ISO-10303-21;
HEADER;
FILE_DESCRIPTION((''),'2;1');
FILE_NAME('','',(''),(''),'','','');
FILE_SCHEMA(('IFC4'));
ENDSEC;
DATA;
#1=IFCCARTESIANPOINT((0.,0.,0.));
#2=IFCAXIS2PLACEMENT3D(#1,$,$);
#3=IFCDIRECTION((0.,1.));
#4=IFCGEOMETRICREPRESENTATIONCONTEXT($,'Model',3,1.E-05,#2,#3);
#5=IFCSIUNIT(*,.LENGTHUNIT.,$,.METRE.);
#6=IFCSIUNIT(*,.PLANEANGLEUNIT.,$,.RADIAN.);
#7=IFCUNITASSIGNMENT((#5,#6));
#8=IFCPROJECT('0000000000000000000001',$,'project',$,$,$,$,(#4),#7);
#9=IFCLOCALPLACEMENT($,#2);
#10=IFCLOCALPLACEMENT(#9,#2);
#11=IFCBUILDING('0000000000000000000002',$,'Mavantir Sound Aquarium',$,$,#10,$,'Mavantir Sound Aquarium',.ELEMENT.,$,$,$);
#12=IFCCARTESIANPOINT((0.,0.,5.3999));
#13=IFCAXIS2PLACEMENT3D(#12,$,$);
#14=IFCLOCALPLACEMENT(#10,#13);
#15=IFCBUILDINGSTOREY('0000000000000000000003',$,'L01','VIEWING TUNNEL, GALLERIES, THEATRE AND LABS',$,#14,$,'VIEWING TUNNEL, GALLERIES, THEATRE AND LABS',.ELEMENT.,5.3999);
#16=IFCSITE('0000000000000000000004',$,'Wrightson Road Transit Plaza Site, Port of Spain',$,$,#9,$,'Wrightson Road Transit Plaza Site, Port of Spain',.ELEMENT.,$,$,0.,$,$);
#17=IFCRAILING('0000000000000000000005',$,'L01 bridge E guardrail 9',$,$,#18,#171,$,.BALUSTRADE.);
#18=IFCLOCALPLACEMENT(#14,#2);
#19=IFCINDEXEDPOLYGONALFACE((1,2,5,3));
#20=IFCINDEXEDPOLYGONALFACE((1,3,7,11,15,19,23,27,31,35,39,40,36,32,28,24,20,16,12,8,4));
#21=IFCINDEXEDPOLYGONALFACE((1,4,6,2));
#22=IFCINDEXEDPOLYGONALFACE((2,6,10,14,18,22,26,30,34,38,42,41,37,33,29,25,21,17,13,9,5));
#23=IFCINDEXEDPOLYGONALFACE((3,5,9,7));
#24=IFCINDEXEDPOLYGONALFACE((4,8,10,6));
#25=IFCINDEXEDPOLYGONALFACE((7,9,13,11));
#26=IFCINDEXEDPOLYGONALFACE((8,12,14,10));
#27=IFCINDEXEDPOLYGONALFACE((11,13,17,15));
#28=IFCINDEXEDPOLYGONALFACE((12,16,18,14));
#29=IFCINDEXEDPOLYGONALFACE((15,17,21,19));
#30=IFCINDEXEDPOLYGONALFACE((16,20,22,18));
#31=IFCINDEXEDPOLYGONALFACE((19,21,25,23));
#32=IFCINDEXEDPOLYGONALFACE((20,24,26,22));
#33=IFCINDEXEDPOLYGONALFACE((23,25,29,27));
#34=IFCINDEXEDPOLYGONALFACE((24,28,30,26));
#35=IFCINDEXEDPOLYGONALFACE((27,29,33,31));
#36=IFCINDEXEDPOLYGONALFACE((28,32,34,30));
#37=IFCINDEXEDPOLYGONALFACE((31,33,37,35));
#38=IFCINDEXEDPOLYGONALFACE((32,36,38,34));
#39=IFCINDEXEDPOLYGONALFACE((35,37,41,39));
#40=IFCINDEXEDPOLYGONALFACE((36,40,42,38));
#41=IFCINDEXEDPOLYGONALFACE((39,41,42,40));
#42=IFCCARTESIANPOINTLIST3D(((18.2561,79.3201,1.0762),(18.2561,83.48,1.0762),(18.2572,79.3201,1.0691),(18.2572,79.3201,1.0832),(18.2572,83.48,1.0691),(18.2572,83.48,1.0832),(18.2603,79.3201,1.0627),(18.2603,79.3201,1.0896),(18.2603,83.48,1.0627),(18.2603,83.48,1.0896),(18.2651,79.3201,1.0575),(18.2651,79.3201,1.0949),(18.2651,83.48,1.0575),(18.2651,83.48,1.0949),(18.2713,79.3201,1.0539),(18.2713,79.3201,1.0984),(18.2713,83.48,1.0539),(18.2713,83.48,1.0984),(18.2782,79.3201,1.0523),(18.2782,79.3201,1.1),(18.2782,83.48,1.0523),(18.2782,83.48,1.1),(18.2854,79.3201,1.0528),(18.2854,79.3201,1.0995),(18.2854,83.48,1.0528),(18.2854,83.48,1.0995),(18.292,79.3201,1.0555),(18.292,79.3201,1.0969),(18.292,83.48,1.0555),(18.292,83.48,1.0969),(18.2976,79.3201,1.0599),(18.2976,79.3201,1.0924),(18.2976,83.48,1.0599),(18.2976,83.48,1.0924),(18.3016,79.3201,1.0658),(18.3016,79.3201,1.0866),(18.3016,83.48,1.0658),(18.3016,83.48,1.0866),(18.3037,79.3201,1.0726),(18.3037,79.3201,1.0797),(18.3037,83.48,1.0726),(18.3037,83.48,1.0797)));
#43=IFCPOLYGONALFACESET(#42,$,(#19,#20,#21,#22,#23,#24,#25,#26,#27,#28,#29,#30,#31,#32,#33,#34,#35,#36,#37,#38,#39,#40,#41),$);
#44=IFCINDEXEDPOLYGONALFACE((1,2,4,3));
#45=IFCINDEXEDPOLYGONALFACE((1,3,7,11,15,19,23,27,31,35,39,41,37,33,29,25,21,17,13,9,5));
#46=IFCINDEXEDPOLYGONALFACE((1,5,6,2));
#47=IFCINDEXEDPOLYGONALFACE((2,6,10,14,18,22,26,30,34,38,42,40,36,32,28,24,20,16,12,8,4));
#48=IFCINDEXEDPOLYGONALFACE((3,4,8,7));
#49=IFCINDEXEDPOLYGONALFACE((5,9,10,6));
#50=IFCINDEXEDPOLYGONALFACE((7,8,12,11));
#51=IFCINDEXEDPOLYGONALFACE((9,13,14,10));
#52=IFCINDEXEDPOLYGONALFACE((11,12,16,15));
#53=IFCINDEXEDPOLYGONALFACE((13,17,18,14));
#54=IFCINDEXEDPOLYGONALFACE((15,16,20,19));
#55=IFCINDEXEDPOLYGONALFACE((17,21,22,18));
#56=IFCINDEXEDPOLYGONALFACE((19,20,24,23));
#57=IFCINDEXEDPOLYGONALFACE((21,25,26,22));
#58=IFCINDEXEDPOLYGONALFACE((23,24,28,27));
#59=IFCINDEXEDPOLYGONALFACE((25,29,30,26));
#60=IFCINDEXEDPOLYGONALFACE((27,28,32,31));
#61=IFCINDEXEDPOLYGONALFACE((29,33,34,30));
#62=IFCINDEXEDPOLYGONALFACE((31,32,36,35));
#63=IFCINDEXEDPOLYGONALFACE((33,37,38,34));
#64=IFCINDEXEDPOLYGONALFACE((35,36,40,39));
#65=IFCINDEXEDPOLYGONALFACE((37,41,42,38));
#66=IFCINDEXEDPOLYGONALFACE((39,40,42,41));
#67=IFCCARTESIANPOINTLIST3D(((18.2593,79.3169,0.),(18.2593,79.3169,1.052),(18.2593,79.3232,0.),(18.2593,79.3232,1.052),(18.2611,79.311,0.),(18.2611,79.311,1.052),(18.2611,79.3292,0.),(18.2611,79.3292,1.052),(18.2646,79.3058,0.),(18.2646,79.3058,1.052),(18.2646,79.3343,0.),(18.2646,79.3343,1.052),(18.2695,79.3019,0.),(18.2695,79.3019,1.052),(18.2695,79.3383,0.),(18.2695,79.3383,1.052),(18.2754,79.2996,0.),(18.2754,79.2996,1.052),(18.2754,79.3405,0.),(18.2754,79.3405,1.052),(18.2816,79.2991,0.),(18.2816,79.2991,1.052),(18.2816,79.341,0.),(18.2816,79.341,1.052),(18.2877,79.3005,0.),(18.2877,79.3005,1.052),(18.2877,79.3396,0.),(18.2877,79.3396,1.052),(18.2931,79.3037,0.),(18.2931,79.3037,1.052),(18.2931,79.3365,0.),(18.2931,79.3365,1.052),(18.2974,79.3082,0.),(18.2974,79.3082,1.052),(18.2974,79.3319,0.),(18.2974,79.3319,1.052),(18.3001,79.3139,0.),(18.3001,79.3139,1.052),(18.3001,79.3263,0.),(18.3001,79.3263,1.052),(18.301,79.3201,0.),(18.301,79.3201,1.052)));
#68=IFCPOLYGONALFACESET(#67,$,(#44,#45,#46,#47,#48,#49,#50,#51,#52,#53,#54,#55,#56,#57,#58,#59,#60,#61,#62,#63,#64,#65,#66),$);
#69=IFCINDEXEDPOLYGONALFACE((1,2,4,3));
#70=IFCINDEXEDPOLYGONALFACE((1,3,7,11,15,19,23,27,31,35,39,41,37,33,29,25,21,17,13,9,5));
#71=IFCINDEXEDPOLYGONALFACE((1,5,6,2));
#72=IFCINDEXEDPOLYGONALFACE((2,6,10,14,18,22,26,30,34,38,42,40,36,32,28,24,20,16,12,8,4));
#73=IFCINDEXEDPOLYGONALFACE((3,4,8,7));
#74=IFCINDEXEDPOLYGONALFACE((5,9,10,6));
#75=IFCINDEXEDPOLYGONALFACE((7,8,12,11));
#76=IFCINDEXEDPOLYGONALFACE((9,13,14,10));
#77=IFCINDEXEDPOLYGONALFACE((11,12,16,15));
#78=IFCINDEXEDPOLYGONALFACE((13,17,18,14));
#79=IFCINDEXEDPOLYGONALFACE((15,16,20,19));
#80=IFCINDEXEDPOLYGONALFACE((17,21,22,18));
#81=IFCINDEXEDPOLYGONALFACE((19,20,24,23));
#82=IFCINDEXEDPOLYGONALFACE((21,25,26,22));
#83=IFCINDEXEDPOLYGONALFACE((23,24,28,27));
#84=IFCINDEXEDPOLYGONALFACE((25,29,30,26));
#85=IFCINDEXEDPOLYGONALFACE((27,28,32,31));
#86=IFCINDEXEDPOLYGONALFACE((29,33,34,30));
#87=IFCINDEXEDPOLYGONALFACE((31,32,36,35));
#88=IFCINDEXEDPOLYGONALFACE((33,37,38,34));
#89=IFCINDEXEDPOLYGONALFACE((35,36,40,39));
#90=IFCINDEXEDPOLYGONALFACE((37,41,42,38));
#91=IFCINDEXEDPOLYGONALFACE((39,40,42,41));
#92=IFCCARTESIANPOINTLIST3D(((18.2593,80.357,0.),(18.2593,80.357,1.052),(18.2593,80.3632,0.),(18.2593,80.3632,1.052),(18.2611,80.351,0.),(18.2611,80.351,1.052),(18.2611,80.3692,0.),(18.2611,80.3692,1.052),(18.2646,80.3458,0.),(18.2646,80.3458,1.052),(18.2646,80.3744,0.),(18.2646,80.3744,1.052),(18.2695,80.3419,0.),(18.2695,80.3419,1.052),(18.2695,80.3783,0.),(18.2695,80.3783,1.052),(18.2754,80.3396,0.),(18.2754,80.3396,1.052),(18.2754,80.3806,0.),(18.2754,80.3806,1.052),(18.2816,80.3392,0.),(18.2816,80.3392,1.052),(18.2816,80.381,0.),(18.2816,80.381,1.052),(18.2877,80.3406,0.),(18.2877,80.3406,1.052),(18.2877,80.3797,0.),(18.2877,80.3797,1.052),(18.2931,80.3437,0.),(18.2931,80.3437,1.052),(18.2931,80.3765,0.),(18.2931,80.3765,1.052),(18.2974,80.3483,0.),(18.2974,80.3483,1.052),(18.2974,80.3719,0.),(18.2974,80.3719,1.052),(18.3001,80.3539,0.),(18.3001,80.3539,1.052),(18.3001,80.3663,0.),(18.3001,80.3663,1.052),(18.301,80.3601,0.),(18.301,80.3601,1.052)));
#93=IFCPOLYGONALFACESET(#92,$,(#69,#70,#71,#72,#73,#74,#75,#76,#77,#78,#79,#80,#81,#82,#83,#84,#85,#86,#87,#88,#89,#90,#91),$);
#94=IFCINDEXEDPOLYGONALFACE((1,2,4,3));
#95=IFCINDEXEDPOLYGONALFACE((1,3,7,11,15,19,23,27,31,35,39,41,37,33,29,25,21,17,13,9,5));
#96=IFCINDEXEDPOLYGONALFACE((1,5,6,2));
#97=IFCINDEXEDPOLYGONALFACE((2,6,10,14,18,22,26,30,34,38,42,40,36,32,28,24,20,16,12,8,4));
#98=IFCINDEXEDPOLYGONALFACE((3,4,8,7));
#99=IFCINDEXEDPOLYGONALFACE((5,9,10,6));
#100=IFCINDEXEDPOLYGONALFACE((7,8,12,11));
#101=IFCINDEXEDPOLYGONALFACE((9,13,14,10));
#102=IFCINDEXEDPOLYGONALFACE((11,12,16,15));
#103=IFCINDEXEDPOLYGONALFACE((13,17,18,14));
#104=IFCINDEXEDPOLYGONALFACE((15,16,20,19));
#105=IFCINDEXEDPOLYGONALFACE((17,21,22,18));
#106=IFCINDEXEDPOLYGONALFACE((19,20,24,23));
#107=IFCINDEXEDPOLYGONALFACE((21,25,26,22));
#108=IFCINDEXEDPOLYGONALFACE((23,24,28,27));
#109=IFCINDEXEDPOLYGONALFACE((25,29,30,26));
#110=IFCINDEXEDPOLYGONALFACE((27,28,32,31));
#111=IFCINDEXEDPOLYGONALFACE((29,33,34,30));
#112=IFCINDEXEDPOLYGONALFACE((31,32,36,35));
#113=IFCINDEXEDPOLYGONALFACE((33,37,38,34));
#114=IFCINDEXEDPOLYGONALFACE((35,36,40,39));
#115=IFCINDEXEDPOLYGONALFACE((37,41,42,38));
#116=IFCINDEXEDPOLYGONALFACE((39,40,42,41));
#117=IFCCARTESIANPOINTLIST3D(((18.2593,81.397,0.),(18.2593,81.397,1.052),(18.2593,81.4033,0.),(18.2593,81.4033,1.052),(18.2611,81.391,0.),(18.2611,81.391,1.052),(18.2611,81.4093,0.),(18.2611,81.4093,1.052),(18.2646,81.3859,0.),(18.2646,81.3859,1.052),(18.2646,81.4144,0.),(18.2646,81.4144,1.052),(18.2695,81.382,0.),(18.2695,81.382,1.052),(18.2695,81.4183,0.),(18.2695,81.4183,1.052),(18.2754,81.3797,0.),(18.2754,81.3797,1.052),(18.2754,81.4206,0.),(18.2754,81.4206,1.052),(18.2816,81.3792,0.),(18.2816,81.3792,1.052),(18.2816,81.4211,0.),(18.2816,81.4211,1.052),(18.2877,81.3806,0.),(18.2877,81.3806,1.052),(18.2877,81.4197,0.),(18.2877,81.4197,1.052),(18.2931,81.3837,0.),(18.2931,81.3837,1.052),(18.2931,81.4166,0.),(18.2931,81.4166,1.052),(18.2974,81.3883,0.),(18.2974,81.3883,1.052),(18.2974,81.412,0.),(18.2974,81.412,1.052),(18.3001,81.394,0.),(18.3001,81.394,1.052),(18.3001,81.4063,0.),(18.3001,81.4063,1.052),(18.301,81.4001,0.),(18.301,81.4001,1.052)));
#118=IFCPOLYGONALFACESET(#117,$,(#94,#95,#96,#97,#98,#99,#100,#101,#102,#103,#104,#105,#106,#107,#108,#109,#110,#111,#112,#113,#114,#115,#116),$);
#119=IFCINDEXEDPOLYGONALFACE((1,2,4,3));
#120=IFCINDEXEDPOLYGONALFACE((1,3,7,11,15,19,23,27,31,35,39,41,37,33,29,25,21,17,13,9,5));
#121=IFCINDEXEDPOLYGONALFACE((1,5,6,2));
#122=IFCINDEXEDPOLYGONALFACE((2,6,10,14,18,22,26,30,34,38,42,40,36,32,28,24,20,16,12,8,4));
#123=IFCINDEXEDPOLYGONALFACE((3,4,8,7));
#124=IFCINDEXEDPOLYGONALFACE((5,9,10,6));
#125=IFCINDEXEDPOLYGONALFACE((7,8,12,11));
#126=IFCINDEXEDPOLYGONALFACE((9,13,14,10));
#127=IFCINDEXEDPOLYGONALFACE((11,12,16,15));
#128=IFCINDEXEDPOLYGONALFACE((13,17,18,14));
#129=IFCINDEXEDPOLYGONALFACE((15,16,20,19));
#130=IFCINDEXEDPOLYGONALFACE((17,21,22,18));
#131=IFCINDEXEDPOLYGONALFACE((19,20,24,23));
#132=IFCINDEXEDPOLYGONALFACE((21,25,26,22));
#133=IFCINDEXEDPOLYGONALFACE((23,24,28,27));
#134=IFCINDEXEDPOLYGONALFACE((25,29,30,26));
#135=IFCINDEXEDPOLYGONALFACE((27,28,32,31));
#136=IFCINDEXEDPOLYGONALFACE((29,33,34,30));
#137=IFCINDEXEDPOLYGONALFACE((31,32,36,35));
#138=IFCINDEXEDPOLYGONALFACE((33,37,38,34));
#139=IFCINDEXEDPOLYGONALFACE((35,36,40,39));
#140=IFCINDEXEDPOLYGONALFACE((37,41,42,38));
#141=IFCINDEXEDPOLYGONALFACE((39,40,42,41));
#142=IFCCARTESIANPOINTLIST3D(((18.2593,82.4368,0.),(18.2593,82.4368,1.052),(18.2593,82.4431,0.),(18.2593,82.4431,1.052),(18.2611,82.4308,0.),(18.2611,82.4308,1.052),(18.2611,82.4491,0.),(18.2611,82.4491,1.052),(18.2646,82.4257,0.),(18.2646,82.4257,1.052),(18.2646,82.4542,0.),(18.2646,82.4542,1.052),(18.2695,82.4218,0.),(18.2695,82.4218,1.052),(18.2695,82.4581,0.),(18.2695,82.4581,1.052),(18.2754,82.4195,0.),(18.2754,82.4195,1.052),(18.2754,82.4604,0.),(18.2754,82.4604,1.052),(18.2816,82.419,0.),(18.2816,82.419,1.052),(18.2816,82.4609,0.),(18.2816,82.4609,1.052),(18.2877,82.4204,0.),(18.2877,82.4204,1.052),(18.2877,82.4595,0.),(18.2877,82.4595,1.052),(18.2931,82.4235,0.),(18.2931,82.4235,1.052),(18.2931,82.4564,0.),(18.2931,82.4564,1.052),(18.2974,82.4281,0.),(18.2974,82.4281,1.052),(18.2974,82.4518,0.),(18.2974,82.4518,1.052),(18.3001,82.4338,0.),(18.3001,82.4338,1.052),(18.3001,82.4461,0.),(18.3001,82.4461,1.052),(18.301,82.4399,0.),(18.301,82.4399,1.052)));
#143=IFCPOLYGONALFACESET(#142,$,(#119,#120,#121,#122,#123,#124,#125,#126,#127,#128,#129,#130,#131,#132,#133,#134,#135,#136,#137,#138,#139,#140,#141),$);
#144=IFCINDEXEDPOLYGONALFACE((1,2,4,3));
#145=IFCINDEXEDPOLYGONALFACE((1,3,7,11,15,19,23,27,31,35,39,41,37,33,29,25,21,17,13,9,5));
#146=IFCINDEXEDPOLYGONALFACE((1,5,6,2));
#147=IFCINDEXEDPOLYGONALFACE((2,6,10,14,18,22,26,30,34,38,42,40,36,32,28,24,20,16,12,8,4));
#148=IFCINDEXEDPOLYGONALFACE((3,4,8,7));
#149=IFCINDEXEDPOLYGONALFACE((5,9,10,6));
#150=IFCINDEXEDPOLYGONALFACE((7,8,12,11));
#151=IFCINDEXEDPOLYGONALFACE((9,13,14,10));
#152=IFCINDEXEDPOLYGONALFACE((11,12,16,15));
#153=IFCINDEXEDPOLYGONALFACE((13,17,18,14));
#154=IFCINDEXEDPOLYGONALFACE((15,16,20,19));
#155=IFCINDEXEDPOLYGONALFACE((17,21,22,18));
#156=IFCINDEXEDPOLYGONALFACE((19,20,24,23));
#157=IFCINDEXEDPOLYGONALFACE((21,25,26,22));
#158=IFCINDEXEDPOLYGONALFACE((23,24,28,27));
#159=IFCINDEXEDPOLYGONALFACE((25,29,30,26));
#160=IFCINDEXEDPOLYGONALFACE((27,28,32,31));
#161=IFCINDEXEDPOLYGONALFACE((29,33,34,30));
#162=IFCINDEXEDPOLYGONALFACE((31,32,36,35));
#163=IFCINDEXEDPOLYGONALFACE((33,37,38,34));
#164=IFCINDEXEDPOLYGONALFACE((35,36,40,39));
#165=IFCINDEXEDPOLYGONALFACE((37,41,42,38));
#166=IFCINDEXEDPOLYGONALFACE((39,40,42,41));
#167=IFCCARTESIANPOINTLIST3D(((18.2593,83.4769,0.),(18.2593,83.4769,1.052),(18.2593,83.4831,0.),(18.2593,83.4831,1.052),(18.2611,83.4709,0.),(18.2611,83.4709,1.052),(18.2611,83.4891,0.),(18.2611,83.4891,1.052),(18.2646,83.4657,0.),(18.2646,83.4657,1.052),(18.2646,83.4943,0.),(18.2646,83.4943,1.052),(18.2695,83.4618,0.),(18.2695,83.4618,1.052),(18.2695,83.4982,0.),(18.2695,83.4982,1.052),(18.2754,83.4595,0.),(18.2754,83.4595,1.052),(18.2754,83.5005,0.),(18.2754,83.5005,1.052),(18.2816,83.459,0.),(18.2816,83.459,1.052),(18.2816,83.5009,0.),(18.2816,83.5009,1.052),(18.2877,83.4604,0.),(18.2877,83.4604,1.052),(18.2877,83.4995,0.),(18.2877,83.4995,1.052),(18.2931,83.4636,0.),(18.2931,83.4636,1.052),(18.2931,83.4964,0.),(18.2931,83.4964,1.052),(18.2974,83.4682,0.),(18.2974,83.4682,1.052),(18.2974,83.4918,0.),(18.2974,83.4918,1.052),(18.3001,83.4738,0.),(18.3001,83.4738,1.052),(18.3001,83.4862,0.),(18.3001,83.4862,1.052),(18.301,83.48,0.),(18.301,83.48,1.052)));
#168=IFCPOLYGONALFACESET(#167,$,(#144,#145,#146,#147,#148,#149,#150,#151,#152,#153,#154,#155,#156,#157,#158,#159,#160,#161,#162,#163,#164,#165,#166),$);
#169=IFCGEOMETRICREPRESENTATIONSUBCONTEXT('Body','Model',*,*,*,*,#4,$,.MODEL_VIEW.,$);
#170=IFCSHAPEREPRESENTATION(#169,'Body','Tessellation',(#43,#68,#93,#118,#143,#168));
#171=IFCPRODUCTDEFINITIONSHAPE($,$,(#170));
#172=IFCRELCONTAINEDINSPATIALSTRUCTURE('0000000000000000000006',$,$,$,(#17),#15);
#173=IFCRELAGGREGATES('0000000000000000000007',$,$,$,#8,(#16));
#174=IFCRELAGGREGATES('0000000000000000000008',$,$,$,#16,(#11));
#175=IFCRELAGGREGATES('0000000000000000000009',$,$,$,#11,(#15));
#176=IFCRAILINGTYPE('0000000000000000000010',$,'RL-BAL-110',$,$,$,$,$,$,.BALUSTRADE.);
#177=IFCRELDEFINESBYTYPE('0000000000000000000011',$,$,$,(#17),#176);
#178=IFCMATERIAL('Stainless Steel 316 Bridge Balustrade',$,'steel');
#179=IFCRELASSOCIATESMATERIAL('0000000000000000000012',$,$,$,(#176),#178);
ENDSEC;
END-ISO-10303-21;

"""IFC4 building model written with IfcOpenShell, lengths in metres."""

from ifc_helpers import new_model, si_unit, direction, frame, origin, origin_2d, place, context, subcontext, project, spatial, circle, extrude, material, type_object, element, save


model = new_model("IFC4")

# Units and contexts
model_context = context("Model", 3, precision=1e-05, world=origin(), true_north=direction((0.0, 1.0)))
body_context = subcontext(model_context, "Body", "Model", "MODEL_VIEW")
ifc_project = project(units=[si_unit("LENGTHUNIT", "METRE"), si_unit("PLANEANGLEUNIT", "RADIAN")], contexts=[model_context])

# Site, building, storey
site_placement = place(None, origin())
site = spatial("IfcSite", under=ifc_project, at=site_placement, Name="Wrightson Road Transit Plaza Site, Port of Spain", LongName="Wrightson Road Transit Plaza Site, Port of Spain", CompositionType="ELEMENT", RefElevation=0.0)
building_placement = place(site_placement, origin())
building = spatial("IfcBuilding", under=site, at=building_placement, Name="Mavantir Sound Aquarium", LongName="Mavantir Sound Aquarium", CompositionType="ELEMENT")
storey_placement = place(building_placement, frame((0.0, 0.0, 5.3999)))
storey = spatial("IfcBuildingStorey", under=building, at=storey_placement, Name="L01", Description="VIEWING TUNNEL, GALLERIES, THEATRE AND LABS", LongName="VIEWING TUNNEL, GALLERIES, THEATRE AND LABS", CompositionType="ELEMENT", Elevation=5.3999)

# Railing
ifc_material_1 = material(Name="Stainless Steel 316 Bridge Balustrade", Category="steel")
railing_type = type_object("IfcRailingType", Name="RL-BAL-110", PredefinedType="BALUSTRADE", material=ifc_material_1)
for number, where, name in (
    (1, (18.28, 79.3201, 0.0), "L01 bridge E guardrail 9"),
):
    element("IfcRailing", number, at=place(storey_placement, frame(where)), inside=storey, type_object=railing_type, Name=name, PredefinedType="BALUSTRADE", context=body_context, shape_type="SweptSolid", body=[
        extrude(circle(Radius=0.0239, at=origin_2d()), frame((0.0, 0.0, 1.0762), z_axis=(0.0, 1.0, 0.0), x_axis=(-1.0, 0.0, 0.0)), (0.0, 0.0, 1.0), 4.1599),
        extrude(circle(Radius=0.021, at=origin_2d()), origin(), (0.0, 0.0, 1.0), 1.052),
        extrude(circle(Radius=0.021, at=origin_2d()), frame((0.0, 1.04, 0.0)), (0.0, 0.0, 1.0), 1.052),
        extrude(circle(Radius=0.021, at=origin_2d()), frame((0.0, 2.0801, 0.0)), (0.0, 0.0, 1.0), 1.052),
        extrude(circle(Radius=0.021, at=origin_2d()), frame((0.0, 3.1199, 0.0)), (0.0, 0.0, 1.0), 1.052),
        extrude(circle(Radius=0.021, at=origin_2d()), frame((0.0, 4.1599, 0.0)), (0.0, 0.0, 1.0), 1.052),
    ])

save(model, "model.ifc")
